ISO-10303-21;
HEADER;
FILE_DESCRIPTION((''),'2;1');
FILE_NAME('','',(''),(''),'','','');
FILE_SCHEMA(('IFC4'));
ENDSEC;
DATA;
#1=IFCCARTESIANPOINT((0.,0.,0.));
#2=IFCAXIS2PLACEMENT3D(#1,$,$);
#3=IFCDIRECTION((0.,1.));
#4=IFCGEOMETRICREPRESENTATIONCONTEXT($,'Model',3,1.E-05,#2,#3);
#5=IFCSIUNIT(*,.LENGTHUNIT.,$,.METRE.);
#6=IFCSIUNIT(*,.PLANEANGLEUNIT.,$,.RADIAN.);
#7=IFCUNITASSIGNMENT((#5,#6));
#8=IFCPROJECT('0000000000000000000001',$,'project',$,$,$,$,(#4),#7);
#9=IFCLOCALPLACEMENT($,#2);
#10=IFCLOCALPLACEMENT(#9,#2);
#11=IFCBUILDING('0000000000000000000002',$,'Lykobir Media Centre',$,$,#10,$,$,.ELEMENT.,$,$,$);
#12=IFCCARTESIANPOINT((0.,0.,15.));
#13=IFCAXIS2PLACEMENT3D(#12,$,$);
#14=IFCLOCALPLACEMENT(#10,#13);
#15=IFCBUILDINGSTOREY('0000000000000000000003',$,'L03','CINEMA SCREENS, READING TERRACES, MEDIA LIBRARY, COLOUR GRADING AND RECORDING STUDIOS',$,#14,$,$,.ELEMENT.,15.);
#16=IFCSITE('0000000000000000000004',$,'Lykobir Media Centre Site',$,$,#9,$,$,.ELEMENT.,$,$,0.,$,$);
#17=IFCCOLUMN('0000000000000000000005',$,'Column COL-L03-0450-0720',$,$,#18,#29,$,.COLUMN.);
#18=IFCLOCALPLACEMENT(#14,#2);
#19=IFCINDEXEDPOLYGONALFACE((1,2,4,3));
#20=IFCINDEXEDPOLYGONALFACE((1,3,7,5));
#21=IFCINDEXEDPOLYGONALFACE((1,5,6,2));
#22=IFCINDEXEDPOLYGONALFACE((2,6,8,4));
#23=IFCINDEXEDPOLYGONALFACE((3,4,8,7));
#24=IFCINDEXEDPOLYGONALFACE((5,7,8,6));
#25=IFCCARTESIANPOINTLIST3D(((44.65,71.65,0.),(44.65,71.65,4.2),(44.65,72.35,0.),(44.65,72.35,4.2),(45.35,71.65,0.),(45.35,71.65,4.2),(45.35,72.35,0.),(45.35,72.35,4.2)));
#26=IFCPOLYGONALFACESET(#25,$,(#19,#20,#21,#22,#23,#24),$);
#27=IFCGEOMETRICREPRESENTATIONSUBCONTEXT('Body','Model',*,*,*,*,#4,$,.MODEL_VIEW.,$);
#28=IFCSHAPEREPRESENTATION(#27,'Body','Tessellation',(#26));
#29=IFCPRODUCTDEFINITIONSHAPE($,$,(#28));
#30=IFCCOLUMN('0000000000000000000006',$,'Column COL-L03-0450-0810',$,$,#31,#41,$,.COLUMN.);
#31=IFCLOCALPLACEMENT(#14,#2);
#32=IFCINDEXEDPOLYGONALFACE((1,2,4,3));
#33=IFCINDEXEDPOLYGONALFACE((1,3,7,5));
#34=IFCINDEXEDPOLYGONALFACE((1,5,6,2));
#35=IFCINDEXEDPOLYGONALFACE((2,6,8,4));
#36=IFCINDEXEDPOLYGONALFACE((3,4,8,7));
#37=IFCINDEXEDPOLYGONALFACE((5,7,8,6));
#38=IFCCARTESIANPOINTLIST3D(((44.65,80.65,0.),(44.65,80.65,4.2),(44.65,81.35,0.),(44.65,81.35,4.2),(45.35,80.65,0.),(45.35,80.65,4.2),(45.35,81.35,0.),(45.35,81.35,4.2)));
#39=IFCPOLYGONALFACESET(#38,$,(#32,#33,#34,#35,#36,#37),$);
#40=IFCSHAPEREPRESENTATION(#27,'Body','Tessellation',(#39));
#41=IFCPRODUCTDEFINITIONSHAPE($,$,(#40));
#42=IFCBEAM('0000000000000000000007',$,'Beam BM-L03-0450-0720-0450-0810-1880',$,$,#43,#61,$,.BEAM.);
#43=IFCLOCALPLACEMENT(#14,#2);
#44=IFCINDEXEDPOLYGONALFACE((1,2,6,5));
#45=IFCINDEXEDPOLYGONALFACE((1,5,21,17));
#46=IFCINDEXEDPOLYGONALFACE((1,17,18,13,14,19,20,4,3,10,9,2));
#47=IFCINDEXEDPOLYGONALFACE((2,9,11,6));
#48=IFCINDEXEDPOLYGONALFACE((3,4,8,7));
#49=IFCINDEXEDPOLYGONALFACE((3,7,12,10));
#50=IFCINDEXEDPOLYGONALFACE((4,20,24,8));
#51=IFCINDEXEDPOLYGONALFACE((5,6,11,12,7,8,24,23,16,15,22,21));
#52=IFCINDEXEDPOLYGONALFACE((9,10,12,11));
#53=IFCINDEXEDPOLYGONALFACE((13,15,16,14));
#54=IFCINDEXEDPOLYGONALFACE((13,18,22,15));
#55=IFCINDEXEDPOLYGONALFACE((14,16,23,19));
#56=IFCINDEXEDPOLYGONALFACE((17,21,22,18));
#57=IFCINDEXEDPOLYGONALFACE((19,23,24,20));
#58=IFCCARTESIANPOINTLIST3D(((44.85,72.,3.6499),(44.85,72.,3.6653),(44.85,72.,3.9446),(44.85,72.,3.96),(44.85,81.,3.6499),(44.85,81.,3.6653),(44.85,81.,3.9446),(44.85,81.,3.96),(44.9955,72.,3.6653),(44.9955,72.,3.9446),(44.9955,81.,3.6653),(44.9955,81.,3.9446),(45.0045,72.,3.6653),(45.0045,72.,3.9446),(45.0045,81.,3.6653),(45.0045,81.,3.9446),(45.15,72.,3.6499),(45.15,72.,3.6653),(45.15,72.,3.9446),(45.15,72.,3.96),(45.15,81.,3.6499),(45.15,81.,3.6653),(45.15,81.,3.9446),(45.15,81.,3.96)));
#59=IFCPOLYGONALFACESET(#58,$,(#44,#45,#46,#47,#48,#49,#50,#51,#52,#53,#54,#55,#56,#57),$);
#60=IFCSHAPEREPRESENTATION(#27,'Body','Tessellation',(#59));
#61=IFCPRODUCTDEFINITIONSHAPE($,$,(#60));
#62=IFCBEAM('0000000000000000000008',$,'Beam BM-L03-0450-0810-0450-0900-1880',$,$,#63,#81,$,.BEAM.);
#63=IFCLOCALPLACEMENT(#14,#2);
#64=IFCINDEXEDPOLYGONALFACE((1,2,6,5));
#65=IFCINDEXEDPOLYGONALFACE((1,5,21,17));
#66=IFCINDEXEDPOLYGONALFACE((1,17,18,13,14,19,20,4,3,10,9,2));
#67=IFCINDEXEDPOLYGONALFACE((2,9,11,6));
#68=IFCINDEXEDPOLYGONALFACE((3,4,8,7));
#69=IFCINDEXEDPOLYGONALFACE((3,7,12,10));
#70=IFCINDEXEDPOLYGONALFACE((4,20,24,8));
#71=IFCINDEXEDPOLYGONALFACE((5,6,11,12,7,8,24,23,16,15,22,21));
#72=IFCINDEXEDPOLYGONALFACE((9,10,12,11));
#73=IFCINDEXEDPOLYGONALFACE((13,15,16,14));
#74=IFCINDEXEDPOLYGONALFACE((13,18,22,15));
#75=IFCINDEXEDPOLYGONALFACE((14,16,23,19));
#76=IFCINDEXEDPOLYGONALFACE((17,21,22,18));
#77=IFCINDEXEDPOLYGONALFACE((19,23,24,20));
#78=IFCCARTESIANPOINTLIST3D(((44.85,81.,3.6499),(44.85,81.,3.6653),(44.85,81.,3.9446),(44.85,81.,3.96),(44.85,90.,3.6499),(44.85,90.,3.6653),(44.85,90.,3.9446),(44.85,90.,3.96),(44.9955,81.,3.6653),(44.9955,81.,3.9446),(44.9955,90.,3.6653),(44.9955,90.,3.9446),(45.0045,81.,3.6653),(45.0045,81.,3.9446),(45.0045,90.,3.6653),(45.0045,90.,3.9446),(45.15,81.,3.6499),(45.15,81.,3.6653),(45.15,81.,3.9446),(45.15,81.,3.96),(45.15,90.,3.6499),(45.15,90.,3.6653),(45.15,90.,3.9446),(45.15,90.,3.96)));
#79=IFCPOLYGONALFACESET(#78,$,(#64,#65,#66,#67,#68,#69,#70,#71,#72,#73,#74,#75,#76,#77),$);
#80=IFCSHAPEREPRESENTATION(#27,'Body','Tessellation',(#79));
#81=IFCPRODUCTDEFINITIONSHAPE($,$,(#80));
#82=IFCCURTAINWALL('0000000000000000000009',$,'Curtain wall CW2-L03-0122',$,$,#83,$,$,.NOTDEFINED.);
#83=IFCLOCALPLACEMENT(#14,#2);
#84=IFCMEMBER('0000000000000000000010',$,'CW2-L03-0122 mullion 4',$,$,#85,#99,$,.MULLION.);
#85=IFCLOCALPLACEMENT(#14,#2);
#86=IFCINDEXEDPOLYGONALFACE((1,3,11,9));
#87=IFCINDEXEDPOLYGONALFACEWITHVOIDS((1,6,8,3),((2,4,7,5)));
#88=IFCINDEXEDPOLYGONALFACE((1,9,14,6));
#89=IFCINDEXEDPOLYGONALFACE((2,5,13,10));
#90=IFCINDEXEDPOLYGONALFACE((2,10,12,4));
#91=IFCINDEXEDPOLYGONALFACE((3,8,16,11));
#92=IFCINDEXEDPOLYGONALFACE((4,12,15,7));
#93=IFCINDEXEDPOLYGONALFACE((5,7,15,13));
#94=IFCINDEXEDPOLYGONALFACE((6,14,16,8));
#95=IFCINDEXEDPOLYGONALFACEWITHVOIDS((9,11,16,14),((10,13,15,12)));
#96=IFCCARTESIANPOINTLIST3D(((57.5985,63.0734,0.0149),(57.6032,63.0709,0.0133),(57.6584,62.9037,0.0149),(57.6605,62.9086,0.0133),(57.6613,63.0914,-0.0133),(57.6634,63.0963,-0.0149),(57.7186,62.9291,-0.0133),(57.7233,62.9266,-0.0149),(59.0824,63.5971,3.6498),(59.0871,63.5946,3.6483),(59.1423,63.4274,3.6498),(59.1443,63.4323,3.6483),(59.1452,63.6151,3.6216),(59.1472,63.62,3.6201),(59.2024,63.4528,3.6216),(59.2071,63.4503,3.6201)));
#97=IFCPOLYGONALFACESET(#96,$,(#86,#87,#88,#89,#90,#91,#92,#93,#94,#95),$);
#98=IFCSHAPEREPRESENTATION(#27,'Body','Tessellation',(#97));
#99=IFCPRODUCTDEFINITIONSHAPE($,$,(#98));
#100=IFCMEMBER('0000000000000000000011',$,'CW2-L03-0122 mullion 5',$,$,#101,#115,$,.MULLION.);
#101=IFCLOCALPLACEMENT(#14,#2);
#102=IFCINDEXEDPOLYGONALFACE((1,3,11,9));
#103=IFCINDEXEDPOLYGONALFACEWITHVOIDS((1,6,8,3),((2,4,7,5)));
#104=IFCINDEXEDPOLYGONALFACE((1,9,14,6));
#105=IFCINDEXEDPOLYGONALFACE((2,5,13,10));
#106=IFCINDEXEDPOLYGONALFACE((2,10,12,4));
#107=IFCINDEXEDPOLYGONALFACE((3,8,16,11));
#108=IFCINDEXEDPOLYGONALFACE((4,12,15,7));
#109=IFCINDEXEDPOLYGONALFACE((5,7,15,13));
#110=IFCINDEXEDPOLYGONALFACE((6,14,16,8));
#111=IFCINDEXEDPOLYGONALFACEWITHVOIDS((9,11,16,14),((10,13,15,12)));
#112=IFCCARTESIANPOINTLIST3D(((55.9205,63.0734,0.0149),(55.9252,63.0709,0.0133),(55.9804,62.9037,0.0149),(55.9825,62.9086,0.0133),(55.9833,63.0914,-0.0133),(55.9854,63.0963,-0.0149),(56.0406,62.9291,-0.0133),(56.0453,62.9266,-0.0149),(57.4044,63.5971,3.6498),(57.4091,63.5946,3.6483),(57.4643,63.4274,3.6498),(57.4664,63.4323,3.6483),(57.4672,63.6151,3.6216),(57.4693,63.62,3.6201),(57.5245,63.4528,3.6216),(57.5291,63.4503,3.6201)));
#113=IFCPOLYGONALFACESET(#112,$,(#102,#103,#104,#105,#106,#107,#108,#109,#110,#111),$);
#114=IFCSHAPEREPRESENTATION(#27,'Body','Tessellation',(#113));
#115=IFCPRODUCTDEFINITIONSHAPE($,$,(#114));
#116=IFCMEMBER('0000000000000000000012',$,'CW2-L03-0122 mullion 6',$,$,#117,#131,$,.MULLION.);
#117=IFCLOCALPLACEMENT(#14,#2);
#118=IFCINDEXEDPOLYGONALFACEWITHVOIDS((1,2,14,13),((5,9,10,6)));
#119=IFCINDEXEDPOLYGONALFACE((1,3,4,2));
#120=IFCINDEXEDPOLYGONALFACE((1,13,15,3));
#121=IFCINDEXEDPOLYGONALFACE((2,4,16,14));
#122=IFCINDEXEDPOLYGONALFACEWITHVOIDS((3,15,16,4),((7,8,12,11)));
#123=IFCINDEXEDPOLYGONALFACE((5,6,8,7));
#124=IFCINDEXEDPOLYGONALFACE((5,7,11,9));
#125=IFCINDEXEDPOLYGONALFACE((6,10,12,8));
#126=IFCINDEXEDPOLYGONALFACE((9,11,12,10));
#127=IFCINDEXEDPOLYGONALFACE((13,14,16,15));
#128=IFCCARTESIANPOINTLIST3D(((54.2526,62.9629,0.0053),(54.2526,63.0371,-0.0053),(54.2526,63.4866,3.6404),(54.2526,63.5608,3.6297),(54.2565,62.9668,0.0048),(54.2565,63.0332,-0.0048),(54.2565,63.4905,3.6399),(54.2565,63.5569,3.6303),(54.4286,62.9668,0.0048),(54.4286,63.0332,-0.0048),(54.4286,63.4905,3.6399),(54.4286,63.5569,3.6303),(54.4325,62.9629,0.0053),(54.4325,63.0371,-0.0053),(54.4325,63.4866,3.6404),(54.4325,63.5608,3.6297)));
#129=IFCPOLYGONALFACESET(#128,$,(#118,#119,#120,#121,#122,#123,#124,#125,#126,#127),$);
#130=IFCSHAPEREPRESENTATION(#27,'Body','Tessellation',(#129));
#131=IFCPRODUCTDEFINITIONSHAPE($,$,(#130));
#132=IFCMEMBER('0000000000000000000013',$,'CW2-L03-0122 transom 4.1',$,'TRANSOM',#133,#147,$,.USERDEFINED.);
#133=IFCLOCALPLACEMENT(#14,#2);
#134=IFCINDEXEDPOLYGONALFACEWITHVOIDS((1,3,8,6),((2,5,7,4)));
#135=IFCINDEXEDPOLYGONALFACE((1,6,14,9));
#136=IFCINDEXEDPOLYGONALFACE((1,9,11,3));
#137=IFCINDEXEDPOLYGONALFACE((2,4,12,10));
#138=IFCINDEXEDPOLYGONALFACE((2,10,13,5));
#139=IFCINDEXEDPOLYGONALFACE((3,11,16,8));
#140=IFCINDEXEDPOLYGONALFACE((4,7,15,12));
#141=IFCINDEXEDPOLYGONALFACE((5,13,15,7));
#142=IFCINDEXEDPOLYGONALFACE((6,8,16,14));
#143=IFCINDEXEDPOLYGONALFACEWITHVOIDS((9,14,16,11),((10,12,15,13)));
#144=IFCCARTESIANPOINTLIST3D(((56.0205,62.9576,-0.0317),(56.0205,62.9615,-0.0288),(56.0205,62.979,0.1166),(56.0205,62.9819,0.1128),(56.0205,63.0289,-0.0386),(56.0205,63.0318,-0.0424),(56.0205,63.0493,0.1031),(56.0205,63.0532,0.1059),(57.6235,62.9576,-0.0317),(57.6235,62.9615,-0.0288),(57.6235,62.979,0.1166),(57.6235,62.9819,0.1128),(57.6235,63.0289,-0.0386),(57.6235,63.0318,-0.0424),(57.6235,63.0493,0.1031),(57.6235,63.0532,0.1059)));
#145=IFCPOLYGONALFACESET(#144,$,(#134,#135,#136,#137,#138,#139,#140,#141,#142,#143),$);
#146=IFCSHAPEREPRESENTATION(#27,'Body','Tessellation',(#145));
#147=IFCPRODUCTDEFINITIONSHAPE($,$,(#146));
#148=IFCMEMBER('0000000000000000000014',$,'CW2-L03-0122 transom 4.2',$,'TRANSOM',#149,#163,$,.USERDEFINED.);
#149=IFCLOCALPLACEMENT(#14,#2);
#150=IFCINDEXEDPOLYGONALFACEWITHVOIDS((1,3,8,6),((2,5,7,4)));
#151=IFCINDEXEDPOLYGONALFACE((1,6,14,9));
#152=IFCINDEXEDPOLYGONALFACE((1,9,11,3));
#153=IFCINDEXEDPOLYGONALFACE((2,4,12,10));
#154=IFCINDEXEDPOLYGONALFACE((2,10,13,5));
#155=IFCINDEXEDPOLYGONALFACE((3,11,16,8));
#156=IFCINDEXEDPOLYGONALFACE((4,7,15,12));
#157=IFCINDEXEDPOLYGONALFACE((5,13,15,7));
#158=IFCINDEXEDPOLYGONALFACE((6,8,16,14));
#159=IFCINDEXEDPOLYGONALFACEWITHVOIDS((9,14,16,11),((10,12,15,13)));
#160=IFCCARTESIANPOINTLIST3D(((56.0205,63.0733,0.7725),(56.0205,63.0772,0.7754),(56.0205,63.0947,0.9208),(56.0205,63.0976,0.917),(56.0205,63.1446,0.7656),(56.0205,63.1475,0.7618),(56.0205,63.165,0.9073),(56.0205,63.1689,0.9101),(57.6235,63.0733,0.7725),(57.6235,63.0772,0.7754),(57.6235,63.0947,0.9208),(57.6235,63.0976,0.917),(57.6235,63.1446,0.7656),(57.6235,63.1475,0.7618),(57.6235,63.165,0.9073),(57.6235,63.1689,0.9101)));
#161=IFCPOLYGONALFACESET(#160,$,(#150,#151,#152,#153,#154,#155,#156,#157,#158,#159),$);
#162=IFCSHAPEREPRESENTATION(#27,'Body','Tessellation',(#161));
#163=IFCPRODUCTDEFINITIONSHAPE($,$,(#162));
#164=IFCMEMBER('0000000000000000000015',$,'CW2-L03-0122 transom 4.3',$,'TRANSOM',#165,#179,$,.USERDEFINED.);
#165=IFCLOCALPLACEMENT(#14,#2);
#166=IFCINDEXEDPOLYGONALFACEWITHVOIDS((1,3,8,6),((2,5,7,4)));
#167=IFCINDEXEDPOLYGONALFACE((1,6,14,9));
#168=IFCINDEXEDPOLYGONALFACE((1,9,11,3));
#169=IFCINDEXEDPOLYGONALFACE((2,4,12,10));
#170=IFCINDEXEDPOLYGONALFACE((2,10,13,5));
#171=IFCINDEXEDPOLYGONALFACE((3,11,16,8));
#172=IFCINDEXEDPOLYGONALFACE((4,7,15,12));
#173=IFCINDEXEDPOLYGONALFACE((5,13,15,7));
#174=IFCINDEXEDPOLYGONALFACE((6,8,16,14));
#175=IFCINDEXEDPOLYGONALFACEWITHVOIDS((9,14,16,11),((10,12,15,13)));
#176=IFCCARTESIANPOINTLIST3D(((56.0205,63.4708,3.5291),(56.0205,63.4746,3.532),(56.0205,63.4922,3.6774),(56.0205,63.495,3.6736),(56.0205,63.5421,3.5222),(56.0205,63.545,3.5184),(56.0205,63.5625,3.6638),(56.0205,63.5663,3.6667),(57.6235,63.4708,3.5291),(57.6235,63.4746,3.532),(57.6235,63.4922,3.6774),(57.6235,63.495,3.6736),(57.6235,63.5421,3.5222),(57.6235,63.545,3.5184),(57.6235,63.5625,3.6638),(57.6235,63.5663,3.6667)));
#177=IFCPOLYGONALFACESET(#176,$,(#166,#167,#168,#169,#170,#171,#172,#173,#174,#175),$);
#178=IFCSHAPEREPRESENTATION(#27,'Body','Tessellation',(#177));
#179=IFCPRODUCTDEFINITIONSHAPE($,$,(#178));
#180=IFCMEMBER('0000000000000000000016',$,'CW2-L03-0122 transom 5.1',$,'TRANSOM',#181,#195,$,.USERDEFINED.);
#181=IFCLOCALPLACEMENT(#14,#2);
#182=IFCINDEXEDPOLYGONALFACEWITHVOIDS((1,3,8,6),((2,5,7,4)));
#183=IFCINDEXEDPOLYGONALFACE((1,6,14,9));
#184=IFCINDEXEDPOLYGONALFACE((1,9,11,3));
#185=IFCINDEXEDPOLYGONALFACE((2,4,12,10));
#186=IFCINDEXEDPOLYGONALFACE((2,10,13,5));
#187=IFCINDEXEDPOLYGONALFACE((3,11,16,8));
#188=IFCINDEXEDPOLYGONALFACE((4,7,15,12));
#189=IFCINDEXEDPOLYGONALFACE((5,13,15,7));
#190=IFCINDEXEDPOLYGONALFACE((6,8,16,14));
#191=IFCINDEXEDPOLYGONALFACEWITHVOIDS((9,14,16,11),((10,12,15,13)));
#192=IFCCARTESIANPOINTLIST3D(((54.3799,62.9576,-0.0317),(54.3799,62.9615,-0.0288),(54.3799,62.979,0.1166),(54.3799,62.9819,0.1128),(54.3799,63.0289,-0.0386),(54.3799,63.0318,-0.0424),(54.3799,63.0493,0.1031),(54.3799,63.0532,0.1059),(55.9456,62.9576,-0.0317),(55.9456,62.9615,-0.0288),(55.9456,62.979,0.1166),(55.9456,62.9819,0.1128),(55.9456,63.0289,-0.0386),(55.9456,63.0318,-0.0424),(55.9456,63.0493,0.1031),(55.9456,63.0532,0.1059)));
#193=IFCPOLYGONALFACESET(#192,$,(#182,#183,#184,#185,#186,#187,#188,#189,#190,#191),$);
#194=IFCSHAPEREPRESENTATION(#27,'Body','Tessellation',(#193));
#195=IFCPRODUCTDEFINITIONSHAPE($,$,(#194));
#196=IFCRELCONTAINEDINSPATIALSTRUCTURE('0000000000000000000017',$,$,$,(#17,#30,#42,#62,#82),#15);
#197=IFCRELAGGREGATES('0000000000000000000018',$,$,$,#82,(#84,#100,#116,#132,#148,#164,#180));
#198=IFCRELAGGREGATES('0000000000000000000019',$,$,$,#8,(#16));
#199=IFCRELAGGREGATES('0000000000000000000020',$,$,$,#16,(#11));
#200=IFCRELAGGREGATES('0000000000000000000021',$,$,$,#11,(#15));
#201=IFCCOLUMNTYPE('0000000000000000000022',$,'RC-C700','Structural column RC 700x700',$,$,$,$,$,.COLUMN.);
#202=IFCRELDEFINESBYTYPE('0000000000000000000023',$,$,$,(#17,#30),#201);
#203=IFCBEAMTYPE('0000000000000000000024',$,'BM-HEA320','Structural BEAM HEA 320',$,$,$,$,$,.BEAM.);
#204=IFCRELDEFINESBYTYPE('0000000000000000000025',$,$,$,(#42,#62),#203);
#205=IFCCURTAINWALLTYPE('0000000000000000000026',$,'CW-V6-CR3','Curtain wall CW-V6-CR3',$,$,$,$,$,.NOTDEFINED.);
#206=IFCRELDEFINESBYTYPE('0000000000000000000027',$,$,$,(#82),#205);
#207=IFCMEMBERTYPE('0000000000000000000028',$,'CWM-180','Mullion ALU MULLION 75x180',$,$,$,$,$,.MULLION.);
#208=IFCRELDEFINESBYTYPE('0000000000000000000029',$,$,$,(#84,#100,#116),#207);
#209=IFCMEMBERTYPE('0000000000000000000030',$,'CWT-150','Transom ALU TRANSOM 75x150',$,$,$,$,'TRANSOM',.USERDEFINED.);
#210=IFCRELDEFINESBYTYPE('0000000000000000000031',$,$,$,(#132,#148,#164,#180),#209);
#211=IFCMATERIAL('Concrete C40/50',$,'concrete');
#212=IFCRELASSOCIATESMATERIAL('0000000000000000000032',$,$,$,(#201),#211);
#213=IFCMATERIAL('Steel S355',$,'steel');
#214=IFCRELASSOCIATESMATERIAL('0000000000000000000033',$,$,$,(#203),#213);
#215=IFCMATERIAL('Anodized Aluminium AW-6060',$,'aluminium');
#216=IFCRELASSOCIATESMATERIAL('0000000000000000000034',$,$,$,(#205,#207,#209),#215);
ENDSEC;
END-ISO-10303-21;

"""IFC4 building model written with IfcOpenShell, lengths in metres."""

from ifc_helpers import new_model, si_unit, direction, frame, origin, origin_2d, place, context, subcontext, project, spatial, rectangle, hollow_rectangle, i_section, extrude, material, material_profile, profile_set, type_object, element, aggregate, save


model = new_model("IFC4")

# Units and contexts
model_context = context("Model", 3, precision=1e-05, world=origin(), true_north=direction((0.0, 1.0)))
body_context = subcontext(model_context, "Body", "Model", "MODEL_VIEW")
ifc_project = project(units=[si_unit("LENGTHUNIT", "METRE"), si_unit("PLANEANGLEUNIT", "RADIAN")], contexts=[model_context])

# Site, building, storey
site_placement = place(None, origin())
site = spatial("IfcSite", under=ifc_project, at=site_placement, Name="Lykobir Media Centre Site", CompositionType="ELEMENT", RefElevation=0.0)
building_placement = place(site_placement, origin())
building = spatial("IfcBuilding", under=site, at=building_placement, Name="Lykobir Media Centre", CompositionType="ELEMENT")
storey_placement = place(building_placement, frame((0.0, 0.0, 15.0)))
storey = spatial("IfcBuildingStorey", under=building, at=storey_placement, Name="L03", Description="CINEMA SCREENS, READING TERRACES, MEDIA LIBRARY, COLOUR GRADING AND RECORDING STUDIOS", CompositionType="ELEMENT", Elevation=15.0)

# Columns
ifc_material_1 = material(Name="Concrete C40/50", Category="concrete")
ifc_material_profile_1 = material_profile(ifc_material_1, rectangle(XDim=0.7, YDim=0.7, at=origin_2d()), Name="RC 700x700")
ifc_profile_set_1 = profile_set([ifc_material_profile_1], Name="Concrete C40/50")
column_type = type_object("IfcColumnType", Name="RC-C700", Description="Structural column RC 700x700", PredefinedType="COLUMN", material=ifc_profile_set_1)
for number, where, z_axis, x_axis, name in (
    (1, (45.0, 72.0, 0.0), (0.0, 0.0, 1.0), (1.0, 0.0, 0.0), "Column COL-L03-0450-0720"),
    (2, (45.0, 81.0, 0.0), (0.0, 0.0, 1.0), (1.0, 0.0, 0.0), "Column COL-L03-0450-0810"),
):
    element("IfcColumn", number, at=place(storey_placement, frame(where, z_axis=z_axis, x_axis=x_axis)), inside=storey, type_object=column_type, Name=name, PredefinedType="COLUMN", context=body_context, shape_type="SweptSolid", body=[
        extrude(rectangle(XDim=0.7, YDim=0.7, at=origin_2d()), origin(), (0.0, 0.0, 1.0), 4.2),
    ])

# Beams
ifc_material_2 = material(Name="Steel S355", Category="steel")
ifc_material_profile_2 = material_profile(ifc_material_2, i_section(OverallWidth=0.3, OverallDepth=0.3101, WebThickness=0.009, FlangeThickness=0.0154, at=origin_2d()), Name="HEA 320")
ifc_profile_set_2 = profile_set([ifc_material_profile_2], Name="Steel S355")
beam_type_1 = type_object("IfcBeamType", Name="BM-HEA320", Description="Structural BEAM HEA 320", PredefinedType="BEAM", material=ifc_profile_set_2)
for number, where, z_axis, x_axis, name in (
    (3, (45.0, 72.0, 3.8049), (0.0, 1.0, 0.0), (-1.0, 0.0, 0.0), "Beam BM-L03-0450-0720-0450-0810-1880"),
    (4, (45.0, 81.0, 3.8049), (0.0, 1.0, 0.0), (-1.0, 0.0, 0.0), "Beam BM-L03-0450-0810-0450-0900-1880"),
):
    element("IfcBeam", number, at=place(storey_placement, frame(where, z_axis=z_axis, x_axis=x_axis)), inside=storey, type_object=beam_type_1, Name=name, PredefinedType="BEAM", context=body_context, shape_type="SweptSolid", body=[
        extrude(i_section(OverallWidth=0.3, OverallDepth=0.3101, WebThickness=0.009, FlangeThickness=0.0154, at=origin_2d()), origin(), (0.0, 0.0, 1.0), 9.0),
    ])

# Curtain wall, members
ifc_material_3 = material(Name="Anodized Aluminium AW-6060", Category="aluminium")
curtain_wall_type = type_object("IfcCurtainWallType", Name="CW-V6-CR3", Description="Curtain wall CW-V6-CR3", PredefinedType="NOTDEFINED", material=ifc_material_3)
curtain_wall_placement = place(storey_placement, origin())
curtain_wall = element("IfcCurtainWall", 5, at=curtain_wall_placement, inside=storey, type_object=curtain_wall_type, Name="Curtain wall CW2-L03-0122", PredefinedType="NOTDEFINED")
ifc_material_profile_3 = material_profile(ifc_material_3, hollow_rectangle(XDim=0.075, YDim=0.1799, WallThickness=0.0039, at=origin_2d()), Name="ALU MULLION 75x180")
ifc_profile_set_3 = profile_set([ifc_material_profile_3], Name="Anodized Aluminium AW-6060")
member_type_1 = type_object("IfcMemberType", Name="CWM-180", Description="Mullion ALU MULLION 75x180", PredefinedType="MULLION", material=ifc_profile_set_3)
member_1_placement = place(storey_placement, frame((57.6609, 63.0, 0.0), z_axis=(0.374625, 0.13221, 0.917702), x_axis=(0.865392, 0.305407, -0.39727)))
member_1 = element("IfcMember", 6, at=member_1_placement, type_object=member_type_1, Name="CW2-L03-0122 mullion 4", PredefinedType="MULLION", context=body_context, shape_type="SweptSolid", body=[
    extrude(hollow_rectangle(XDim=0.075, YDim=0.1799, WallThickness=0.0039, at=origin_2d()), origin(), (0.0, 0.0, 1.0), 3.9609),
])
member_2_placement = place(storey_placement, frame((55.9829, 63.0, 0.0), z_axis=(0.374625, 0.13221, 0.917702), x_axis=(0.865392, 0.305407, -0.39727)))
member_2 = element("IfcMember", 7, at=member_2_placement, type_object=member_type_1, Name="CW2-L03-0122 mullion 5", PredefinedType="MULLION", context=body_context, shape_type="SweptSolid", body=[
    extrude(hollow_rectangle(XDim=0.075, YDim=0.1799, WallThickness=0.0039, at=origin_2d()), origin(), (0.0, 0.0, 1.0), 3.9609),
])
member_3_placement = place(storey_placement, frame((54.3425, 63.0, 0.0), z_axis=(0.0, 0.142594, 0.989781), x_axis=(0.0, 0.989781, -0.142594)))
member_3 = element("IfcMember", 8, at=member_3_placement, type_object=member_type_1, Name="CW2-L03-0122 mullion 6", PredefinedType="MULLION", context=body_context, shape_type="SweptSolid", body=[
    extrude(hollow_rectangle(XDim=0.075, YDim=0.1799, WallThickness=0.0039, at=origin_2d()), origin(), (0.0, 0.0, 1.0), 3.6726),
])
ifc_material_profile_4 = material_profile(ifc_material_3, hollow_rectangle(XDim=0.075, YDim=0.1499, WallThickness=0.0034, at=origin_2d()), Name="ALU TRANSOM 75x150")
ifc_profile_set_4 = profile_set([ifc_material_profile_4], Name="Anodized Aluminium AW-6060")
member_type_2 = type_object("IfcMemberType", Name="CWT-150", Description="Transom ALU TRANSOM 75x150", ElementType="TRANSOM", PredefinedType="USERDEFINED", material=ifc_profile_set_4)
member_4_placement = place(storey_placement, frame((57.6235, 63.0054, 0.0371), z_axis=(-1.0, 0.0, 0.0), x_axis=(0.0, -0.989776, 0.142629)))
member_4 = element("IfcMember", 9, at=member_4_placement, type_object=member_type_2, Name="CW2-L03-0122 transom 4.1", ObjectType="TRANSOM", PredefinedType="USERDEFINED", context=body_context, shape_type="SweptSolid", body=[
    extrude(hollow_rectangle(XDim=0.075, YDim=0.1499, WallThickness=0.0034, at=origin_2d()), origin(), (0.0, 0.0, 1.0), 1.603),
])
member_5_placement = place(storey_placement, frame((57.6235, 63.1211, 0.8413), z_axis=(-1.0, 0.0, 0.0), x_axis=(0.0, -0.989776, 0.142629)))
member_5 = element("IfcMember", 10, at=member_5_placement, type_object=member_type_2, Name="CW2-L03-0122 transom 4.2", ObjectType="TRANSOM", PredefinedType="USERDEFINED", context=body_context, shape_type="SweptSolid", body=[
    extrude(hollow_rectangle(XDim=0.075, YDim=0.1499, WallThickness=0.0034, at=origin_2d()), origin(), (0.0, 0.0, 1.0), 1.603),
])
member_6_placement = place(storey_placement, frame((57.6235, 63.5186, 3.5979), z_axis=(-1.0, 0.0, 0.0), x_axis=(0.0, -0.989776, 0.142629)))
member_6 = element("IfcMember", 11, at=member_6_placement, type_object=member_type_2, Name="CW2-L03-0122 transom 4.3", ObjectType="TRANSOM", PredefinedType="USERDEFINED", context=body_context, shape_type="SweptSolid", body=[
    extrude(hollow_rectangle(XDim=0.075, YDim=0.1499, WallThickness=0.0034, at=origin_2d()), origin(), (0.0, 0.0, 1.0), 1.603),
])
member_7_placement = place(storey_placement, frame((55.9456, 63.0054, 0.0371), z_axis=(-1.0, 0.0, 0.0), x_axis=(0.0, -0.989776, 0.142629)))
member_7 = element("IfcMember", 12, at=member_7_placement, type_object=member_type_2, Name="CW2-L03-0122 transom 5.1", ObjectType="TRANSOM", PredefinedType="USERDEFINED", context=body_context, shape_type="SweptSolid", body=[
    extrude(hollow_rectangle(XDim=0.075, YDim=0.1499, WallThickness=0.0034, at=origin_2d()), origin(), (0.0, 0.0, 1.0), 1.5657),
])

aggregate(curtain_wall, [member_1, member_2, member_3, member_4, member_5, member_6, member_7])

save(model, "model.ifc")
